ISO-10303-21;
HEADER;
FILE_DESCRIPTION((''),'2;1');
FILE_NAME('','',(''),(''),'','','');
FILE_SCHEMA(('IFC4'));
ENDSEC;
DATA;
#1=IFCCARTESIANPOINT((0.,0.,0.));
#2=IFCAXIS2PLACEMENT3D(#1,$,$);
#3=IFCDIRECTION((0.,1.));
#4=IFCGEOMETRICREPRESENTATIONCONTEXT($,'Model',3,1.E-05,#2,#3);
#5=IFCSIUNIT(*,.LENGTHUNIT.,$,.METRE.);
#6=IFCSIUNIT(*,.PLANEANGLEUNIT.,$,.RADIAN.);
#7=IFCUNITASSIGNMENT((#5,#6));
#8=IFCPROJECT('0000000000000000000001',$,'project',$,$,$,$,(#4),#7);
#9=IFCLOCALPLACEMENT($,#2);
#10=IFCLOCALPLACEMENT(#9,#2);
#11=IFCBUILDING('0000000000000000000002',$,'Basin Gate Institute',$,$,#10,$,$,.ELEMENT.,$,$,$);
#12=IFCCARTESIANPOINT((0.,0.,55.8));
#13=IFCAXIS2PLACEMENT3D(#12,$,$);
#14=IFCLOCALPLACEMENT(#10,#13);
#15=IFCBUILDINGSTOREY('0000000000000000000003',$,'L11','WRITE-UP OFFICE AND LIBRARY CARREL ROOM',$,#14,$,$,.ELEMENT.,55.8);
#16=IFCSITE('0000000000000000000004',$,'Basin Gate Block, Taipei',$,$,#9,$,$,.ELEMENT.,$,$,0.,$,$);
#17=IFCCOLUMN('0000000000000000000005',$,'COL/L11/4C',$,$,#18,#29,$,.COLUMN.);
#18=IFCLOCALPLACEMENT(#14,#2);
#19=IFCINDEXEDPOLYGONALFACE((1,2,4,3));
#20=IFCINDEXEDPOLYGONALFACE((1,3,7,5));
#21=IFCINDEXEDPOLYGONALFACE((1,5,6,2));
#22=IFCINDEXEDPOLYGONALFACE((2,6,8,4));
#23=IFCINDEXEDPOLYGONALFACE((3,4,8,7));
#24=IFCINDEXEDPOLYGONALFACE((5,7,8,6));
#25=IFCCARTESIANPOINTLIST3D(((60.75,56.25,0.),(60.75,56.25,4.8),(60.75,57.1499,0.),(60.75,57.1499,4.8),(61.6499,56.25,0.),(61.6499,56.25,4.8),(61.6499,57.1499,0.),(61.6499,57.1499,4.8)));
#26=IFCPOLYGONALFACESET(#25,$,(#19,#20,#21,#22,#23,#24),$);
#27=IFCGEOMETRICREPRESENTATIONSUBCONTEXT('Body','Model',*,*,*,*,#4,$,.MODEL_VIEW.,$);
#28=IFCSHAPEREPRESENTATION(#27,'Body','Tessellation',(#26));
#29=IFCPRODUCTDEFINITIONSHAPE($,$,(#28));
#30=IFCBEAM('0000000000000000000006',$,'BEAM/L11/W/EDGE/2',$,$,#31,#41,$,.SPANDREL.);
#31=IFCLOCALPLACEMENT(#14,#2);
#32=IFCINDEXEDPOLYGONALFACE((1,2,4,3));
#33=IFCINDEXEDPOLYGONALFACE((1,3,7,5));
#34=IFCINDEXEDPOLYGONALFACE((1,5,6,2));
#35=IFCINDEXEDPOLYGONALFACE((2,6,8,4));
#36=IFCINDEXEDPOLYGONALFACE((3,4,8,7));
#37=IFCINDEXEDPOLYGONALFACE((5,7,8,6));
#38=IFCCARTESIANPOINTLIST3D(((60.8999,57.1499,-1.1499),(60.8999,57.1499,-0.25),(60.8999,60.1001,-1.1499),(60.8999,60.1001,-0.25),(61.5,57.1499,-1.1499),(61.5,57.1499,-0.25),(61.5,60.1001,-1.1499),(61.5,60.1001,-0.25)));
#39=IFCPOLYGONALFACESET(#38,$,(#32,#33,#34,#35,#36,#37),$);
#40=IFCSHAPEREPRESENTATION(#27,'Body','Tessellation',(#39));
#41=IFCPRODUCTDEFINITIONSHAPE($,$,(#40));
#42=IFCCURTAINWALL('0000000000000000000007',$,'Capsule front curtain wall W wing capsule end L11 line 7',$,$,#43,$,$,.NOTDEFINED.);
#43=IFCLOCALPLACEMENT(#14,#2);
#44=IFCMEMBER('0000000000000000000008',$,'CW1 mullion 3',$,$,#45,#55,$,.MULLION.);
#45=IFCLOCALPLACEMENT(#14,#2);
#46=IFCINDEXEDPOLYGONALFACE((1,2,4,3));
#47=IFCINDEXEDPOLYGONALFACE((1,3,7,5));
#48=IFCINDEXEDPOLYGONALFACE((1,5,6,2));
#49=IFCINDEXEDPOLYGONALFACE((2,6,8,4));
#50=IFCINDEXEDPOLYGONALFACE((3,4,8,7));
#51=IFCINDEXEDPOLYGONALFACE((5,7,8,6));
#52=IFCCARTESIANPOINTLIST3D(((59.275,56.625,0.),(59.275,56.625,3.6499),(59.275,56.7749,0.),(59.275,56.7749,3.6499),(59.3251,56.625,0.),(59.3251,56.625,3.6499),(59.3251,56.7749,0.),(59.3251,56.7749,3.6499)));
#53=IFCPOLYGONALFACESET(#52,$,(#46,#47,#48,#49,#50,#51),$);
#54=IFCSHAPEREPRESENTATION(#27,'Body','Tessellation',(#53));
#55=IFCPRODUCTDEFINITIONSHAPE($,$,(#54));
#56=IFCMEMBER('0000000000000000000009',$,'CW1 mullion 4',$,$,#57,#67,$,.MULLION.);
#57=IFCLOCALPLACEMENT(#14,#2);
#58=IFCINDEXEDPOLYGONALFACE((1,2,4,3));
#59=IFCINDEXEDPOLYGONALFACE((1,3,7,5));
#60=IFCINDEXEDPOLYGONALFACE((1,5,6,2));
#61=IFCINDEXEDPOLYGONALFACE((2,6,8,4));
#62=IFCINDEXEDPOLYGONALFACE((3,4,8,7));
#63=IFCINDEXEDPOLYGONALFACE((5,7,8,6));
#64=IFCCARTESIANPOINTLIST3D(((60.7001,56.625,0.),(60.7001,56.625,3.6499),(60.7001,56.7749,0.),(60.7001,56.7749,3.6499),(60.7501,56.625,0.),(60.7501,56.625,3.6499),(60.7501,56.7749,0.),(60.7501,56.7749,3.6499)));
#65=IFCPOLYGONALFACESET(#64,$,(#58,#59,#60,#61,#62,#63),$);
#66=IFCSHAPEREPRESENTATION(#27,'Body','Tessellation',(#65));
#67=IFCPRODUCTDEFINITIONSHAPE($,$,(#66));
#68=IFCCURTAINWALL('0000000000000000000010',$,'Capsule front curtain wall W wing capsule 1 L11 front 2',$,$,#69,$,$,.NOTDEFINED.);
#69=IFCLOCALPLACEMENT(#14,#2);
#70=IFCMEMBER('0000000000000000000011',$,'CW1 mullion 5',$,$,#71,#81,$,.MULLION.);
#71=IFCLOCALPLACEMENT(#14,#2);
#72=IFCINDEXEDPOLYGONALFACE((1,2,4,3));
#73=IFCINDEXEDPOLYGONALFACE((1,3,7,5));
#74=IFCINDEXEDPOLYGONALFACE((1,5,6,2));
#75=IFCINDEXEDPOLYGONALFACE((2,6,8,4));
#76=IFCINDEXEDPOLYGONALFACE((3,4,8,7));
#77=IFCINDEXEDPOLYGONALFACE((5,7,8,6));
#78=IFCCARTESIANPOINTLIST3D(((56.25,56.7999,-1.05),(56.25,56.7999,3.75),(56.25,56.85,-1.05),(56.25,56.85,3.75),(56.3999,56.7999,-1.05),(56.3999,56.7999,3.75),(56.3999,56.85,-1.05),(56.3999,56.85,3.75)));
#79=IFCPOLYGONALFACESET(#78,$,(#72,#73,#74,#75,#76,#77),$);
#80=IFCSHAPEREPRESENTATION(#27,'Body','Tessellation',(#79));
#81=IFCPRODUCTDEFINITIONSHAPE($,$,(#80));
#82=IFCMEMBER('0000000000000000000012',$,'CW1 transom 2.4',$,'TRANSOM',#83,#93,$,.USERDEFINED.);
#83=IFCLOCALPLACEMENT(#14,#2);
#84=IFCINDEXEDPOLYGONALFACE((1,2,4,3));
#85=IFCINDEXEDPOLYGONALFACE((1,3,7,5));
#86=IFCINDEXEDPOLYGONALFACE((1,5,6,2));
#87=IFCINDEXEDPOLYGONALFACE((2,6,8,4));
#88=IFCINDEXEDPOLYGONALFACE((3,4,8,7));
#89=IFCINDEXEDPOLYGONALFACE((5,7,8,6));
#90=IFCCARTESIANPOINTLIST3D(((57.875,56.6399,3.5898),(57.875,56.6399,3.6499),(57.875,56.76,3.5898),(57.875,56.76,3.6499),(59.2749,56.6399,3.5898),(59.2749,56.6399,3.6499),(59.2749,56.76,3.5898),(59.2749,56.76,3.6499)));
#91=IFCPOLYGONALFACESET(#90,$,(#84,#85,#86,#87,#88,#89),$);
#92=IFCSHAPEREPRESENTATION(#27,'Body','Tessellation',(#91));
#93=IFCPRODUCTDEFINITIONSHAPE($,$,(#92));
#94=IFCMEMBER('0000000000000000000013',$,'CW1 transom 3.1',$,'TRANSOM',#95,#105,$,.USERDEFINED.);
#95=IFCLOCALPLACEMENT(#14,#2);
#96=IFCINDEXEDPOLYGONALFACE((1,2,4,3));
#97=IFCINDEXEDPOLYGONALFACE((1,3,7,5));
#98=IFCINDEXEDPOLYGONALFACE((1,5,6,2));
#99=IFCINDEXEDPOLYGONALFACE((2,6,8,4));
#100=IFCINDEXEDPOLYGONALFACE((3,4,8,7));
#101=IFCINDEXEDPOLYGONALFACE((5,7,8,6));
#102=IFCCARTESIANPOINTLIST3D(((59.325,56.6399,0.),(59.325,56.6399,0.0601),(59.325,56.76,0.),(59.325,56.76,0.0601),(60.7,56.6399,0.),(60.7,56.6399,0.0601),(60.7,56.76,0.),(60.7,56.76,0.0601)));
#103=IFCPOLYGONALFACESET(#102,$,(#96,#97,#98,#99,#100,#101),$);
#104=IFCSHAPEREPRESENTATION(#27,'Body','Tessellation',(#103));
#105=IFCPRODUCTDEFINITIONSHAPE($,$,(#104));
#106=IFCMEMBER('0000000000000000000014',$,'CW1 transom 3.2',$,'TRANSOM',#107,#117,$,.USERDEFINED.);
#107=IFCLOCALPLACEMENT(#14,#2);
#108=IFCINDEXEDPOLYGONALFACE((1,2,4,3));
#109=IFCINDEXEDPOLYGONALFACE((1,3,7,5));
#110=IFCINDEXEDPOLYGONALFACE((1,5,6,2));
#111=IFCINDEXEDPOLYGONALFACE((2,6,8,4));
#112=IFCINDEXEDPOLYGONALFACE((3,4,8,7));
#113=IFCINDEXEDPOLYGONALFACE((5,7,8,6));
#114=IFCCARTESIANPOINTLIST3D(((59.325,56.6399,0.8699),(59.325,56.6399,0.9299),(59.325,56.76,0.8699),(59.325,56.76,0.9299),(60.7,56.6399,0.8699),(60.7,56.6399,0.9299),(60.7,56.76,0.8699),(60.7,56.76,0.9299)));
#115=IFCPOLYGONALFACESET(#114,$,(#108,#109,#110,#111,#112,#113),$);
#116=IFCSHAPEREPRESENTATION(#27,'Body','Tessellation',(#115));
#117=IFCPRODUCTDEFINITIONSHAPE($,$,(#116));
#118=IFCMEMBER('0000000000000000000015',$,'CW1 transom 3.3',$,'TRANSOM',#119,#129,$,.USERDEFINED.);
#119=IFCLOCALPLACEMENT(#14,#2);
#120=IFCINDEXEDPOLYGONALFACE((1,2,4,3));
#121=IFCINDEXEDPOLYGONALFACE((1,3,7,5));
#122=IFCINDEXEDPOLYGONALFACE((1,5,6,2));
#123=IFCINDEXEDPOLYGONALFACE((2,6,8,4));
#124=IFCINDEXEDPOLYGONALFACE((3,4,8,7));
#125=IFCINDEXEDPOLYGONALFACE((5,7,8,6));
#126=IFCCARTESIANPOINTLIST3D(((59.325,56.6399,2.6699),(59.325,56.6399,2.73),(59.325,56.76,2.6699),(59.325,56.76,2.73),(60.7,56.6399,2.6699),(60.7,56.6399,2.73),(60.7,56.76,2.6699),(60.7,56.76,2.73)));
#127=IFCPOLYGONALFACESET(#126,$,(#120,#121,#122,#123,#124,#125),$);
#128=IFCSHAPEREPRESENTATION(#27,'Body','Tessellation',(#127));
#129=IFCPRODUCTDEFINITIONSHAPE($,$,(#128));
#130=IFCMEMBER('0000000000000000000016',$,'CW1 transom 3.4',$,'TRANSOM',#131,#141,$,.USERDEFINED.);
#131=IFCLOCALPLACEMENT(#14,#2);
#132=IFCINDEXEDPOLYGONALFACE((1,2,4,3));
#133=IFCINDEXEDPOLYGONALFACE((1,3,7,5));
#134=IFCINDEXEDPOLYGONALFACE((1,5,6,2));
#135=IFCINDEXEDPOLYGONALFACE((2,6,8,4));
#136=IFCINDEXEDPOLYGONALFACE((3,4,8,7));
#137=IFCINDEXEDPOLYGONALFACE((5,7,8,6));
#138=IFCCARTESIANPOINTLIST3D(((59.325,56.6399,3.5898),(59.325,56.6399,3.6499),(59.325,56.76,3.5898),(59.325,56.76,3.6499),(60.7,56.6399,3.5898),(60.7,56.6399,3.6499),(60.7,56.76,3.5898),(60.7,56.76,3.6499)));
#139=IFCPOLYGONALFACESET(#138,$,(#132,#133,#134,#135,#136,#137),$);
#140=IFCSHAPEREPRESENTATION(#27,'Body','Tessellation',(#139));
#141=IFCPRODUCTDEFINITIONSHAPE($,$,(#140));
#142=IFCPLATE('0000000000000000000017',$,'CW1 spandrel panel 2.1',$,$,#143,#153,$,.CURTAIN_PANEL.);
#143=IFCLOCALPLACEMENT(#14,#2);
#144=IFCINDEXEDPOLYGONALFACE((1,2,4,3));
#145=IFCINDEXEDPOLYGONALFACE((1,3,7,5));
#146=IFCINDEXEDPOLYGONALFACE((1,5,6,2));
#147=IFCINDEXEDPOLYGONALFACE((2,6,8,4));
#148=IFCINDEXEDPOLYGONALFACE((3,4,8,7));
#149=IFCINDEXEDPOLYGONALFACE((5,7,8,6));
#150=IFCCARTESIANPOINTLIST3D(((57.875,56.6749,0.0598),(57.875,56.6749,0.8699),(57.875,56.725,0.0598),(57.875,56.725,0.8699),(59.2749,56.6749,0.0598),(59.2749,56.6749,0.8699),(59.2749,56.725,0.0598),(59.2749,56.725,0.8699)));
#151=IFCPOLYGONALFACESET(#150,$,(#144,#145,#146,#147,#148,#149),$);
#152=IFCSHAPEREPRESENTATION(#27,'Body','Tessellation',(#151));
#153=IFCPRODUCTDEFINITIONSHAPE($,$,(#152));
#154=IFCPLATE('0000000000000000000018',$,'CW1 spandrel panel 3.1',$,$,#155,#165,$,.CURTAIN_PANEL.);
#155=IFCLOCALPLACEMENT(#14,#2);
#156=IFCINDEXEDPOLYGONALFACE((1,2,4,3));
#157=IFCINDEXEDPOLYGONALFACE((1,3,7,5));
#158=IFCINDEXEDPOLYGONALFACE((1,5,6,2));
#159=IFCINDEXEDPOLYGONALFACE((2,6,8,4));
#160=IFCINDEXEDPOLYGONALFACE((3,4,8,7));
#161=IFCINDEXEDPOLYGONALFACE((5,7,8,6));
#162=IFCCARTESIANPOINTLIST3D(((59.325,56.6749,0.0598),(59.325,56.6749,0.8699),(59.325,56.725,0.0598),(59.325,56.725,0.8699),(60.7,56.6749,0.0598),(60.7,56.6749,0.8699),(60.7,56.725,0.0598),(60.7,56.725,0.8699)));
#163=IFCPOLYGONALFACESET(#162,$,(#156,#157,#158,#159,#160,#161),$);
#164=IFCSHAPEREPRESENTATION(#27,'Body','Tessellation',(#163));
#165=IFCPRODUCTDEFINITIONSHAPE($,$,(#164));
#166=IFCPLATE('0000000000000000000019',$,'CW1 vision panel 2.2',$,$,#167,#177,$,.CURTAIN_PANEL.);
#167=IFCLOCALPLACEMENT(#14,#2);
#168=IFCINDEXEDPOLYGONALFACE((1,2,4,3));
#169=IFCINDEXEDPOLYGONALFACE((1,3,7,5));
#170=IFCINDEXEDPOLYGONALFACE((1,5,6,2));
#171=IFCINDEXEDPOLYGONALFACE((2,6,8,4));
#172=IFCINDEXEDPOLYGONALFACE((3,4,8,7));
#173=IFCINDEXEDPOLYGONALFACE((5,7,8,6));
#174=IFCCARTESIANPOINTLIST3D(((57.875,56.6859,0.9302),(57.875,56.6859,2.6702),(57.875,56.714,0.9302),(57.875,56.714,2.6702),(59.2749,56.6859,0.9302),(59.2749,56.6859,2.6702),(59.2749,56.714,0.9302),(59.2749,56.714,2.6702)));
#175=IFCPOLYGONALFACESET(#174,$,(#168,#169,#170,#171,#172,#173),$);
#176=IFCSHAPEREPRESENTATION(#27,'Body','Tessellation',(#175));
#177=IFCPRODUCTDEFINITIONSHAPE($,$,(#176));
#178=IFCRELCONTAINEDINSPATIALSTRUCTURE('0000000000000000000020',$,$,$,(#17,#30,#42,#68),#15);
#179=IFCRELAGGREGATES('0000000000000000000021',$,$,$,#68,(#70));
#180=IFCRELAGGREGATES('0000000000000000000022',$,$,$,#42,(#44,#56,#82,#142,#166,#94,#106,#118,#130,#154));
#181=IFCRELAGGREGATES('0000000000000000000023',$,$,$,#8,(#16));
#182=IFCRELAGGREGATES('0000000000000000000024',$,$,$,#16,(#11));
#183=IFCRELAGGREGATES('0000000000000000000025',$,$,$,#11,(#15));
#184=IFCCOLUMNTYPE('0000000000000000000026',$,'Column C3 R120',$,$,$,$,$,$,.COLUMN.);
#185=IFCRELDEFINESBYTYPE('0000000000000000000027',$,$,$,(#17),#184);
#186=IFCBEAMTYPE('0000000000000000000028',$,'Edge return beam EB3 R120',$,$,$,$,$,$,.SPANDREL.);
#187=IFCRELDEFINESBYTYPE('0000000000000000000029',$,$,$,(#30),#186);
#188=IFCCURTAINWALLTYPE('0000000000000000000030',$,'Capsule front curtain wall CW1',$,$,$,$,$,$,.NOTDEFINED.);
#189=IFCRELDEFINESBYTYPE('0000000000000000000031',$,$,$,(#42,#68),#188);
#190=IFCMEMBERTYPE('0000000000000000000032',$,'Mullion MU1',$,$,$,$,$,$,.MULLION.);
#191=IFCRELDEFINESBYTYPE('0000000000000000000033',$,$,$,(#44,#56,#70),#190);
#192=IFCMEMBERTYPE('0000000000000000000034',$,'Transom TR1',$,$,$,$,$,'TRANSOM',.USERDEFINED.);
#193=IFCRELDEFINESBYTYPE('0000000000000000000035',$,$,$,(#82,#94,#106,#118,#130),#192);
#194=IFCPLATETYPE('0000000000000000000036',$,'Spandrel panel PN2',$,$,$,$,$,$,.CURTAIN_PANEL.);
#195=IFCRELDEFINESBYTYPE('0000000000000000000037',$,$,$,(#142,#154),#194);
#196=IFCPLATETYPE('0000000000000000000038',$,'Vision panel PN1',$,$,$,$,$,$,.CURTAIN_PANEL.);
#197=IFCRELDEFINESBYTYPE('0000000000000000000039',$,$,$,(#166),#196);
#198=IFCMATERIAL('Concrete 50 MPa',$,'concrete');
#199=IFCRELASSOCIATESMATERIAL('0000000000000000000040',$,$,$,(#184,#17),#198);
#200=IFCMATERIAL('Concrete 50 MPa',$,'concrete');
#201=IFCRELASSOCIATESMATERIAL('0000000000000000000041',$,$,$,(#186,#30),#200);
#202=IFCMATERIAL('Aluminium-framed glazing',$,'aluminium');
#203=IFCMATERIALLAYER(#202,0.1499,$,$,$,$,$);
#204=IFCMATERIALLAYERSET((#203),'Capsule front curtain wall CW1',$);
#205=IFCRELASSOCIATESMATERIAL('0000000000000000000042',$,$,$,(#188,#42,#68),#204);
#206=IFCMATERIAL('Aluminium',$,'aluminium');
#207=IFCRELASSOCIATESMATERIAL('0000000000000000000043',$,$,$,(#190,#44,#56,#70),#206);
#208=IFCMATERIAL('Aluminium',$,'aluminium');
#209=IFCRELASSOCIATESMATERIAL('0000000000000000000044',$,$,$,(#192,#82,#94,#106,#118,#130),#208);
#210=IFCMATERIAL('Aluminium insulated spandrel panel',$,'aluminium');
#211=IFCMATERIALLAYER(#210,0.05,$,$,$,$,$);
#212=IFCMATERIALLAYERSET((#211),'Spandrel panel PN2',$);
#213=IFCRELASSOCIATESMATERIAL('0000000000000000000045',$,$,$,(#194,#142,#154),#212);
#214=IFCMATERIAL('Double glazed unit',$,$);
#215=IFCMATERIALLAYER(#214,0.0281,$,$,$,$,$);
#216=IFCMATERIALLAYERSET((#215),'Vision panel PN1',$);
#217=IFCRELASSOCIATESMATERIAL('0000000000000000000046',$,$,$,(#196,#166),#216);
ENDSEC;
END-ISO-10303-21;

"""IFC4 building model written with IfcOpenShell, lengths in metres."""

from ifc_helpers import new_model, si_unit, direction, frame, origin, origin_2d, place, context, subcontext, project, spatial, rectangle, extrude, material, layer, layer_set, material_profile, profile_set, type_object, element, aggregate, save


model = new_model("IFC4")

# Units and contexts
model_context = context("Model", 3, precision=1e-05, world=origin(), true_north=direction((0.0, 1.0)))
body_context = subcontext(model_context, "Body", "Model", "MODEL_VIEW")
ifc_project = project(units=[si_unit("LENGTHUNIT", "METRE"), si_unit("PLANEANGLEUNIT", "RADIAN")], contexts=[model_context])

# Site, building, storey
site_placement = place(None, origin())
site = spatial("IfcSite", under=ifc_project, at=site_placement, Name="Basin Gate Block, Taipei", CompositionType="ELEMENT", RefElevation=0.0)
building_placement = place(site_placement, origin())
building = spatial("IfcBuilding", under=site, at=building_placement, Name="Basin Gate Institute", CompositionType="ELEMENT")
storey_placement = place(building_placement, frame((0.0, 0.0, 55.8)))
storey = spatial("IfcBuildingStorey", under=building, at=storey_placement, Name="L11", Description="WRITE-UP OFFICE AND LIBRARY CARREL ROOM", CompositionType="ELEMENT", Elevation=55.8)

# Column
ifc_material_1 = material(Name="Concrete 50 MPa", Category="concrete")
ifc_material_profile_1 = material_profile(ifc_material_1, rectangle(XDim=0.8999, YDim=0.8999, at=origin_2d()), Name="Column C3 900 x 900")
ifc_profile_set_1 = profile_set([ifc_material_profile_1], Name="Concrete 50 MPa")
column_type = type_object("IfcColumnType", Name="Column C3 R120", PredefinedType="COLUMN", material=ifc_profile_set_1)
column_placement = place(storey_placement, frame((61.2, 56.7, 0.0), z_axis=(0.0, 0.0, 1.0), x_axis=(1.0, 0.0, 0.0)))
element("IfcColumn", 1, at=column_placement, inside=storey, type_object=column_type, material=ifc_profile_set_1, Name="COL/L11/4C", PredefinedType="COLUMN", context=body_context, shape_type="SweptSolid", body=[
    extrude(rectangle(XDim=0.8999, YDim=0.8999, at=origin_2d()), origin(), (0.0, 0.0, 1.0), 4.8),
])

# Beam
ifc_material_2 = material(Name="Concrete 50 MPa", Category="concrete")
ifc_material_profile_2 = material_profile(ifc_material_2, rectangle(XDim=0.6001, YDim=0.8999, at=origin_2d()), Name="Edge return beam EB3 600 x 900")
ifc_profile_set_2 = profile_set([ifc_material_profile_2], Name="Concrete 50 MPa")
beam_type = type_object("IfcBeamType", Name="Edge return beam EB3 R120", PredefinedType="SPANDREL", material=ifc_profile_set_2)
beam_placement = place(storey_placement, frame((61.2, 57.1499, -0.7), z_axis=(0.0, 1.0, 0.0), x_axis=(-1.0, 0.0, 0.0)))
element("IfcBeam", 2, at=beam_placement, inside=storey, type_object=beam_type, material=ifc_profile_set_2, Name="BEAM/L11/W/EDGE/2", PredefinedType="SPANDREL", context=body_context, shape_type="SweptSolid", body=[
    extrude(rectangle(XDim=0.6001, YDim=0.8999, at=origin_2d()), origin(), (0.0, 0.0, 1.0), 2.9502),
])

# Curtain wall, members
ifc_material_3 = material(Name="Aluminium-framed glazing", Category="aluminium")
ifc_layer_1 = layer(ifc_material_3, 0.1499)
ifc_layer_set_1 = layer_set([ifc_layer_1], Name="Capsule front curtain wall CW1")
curtain_wall_type = type_object("IfcCurtainWallType", Name="Capsule front curtain wall CW1", PredefinedType="NOTDEFINED", material=ifc_layer_set_1)
curtain_wall_1_placement = place(storey_placement, origin())
curtain_wall_1 = element("IfcCurtainWall", 3, at=curtain_wall_1_placement, inside=storey, type_object=curtain_wall_type, material=ifc_layer_set_1, Name="Capsule front curtain wall W wing capsule end L11 line 7", PredefinedType="NOTDEFINED")
ifc_material_4 = material(Name="Aluminium", Category="aluminium")
ifc_material_profile_3 = material_profile(ifc_material_4, rectangle(XDim=0.1499, YDim=0.05, at=origin_2d()), Name="Mullion MU1 150 x 50")
ifc_profile_set_3 = profile_set([ifc_material_profile_3], Name="Aluminium")
member_type_1 = type_object("IfcMemberType", Name="Mullion MU1", PredefinedType="MULLION", material=ifc_profile_set_3)
member_1_placement = place(storey_placement, frame((59.3, 56.7, 0.0), z_axis=(0.0, 0.0, 1.0), x_axis=(0.0, 1.0, 0.0)))
member_1 = element("IfcMember", 4, at=member_1_placement, type_object=member_type_1, material=ifc_profile_set_3, Name="CW1 mullion 3", PredefinedType="MULLION", context=body_context, shape_type="SweptSolid", body=[
    extrude(rectangle(XDim=0.1499, YDim=0.05, at=origin_2d()), origin(), (0.0, 0.0, 1.0), 3.6499),
])
member_2_placement = place(storey_placement, frame((60.7251, 56.7, 0.0), z_axis=(0.0, 0.0, 1.0), x_axis=(0.0, 1.0, 0.0)))
member_2 = element("IfcMember", 5, at=member_2_placement, type_object=member_type_1, material=ifc_profile_set_3, Name="CW1 mullion 4", PredefinedType="MULLION", context=body_context, shape_type="SweptSolid", body=[
    extrude(rectangle(XDim=0.1499, YDim=0.05, at=origin_2d()), origin(), (0.0, 0.0, 1.0), 3.6499),
])

# Curtain wall, member
curtain_wall_2_placement = place(storey_placement, origin())
curtain_wall_2 = element("IfcCurtainWall", 6, at=curtain_wall_2_placement, inside=storey, type_object=curtain_wall_type, material=ifc_layer_set_1, Name="Capsule front curtain wall W wing capsule 1 L11 front 2", PredefinedType="NOTDEFINED")
member_3_placement = place(storey_placement, frame((56.325, 56.825, -1.05), z_axis=(0.0, 0.0, 1.0), x_axis=(-1.0, 0.0, 0.0)))
member_3 = element("IfcMember", 7, at=member_3_placement, type_object=member_type_1, material=ifc_profile_set_3, Name="CW1 mullion 5", PredefinedType="MULLION", context=body_context, shape_type="SweptSolid", body=[
    extrude(rectangle(XDim=0.1499, YDim=0.05, at=origin_2d()), origin(), (0.0, 0.0, 1.0), 4.8),
])
aggregate(curtain_wall_2, [member_3])

# Members
ifc_material_5 = material(Name="Aluminium", Category="aluminium")
ifc_material_profile_4 = material_profile(ifc_material_5, rectangle(XDim=0.1201, YDim=0.0601, at=origin_2d()), Name="Transom TR1 120 x 60")
ifc_profile_set_4 = profile_set([ifc_material_profile_4], Name="Aluminium")
member_type_2 = type_object("IfcMemberType", Name="Transom TR1", ElementType="TRANSOM", PredefinedType="USERDEFINED", material=ifc_profile_set_4)
member_4_placement = place(storey_placement, frame((57.875, 56.7, 3.6199), z_axis=(1.0, 0.0, 0.0), x_axis=(0.0, 1.0, 0.0)))
member_4 = element("IfcMember", 8, at=member_4_placement, type_object=member_type_2, material=ifc_profile_set_4, Name="CW1 transom 2.4", ObjectType="TRANSOM", PredefinedType="USERDEFINED", context=body_context, shape_type="SweptSolid", body=[
    extrude(rectangle(XDim=0.1201, YDim=0.0601, at=origin_2d()), origin(), (0.0, 0.0, 1.0), 1.3999),
])
member_5_placement = place(storey_placement, frame((59.325, 56.7, 0.03), z_axis=(1.0, 0.0, 0.0), x_axis=(0.0, 1.0, 0.0)))
member_5 = element("IfcMember", 9, at=member_5_placement, type_object=member_type_2, material=ifc_profile_set_4, Name="CW1 transom 3.1", ObjectType="TRANSOM", PredefinedType="USERDEFINED", context=body_context, shape_type="SweptSolid", body=[
    extrude(rectangle(XDim=0.1201, YDim=0.0601, at=origin_2d()), origin(), (0.0, 0.0, 1.0), 1.375),
])
member_6_placement = place(storey_placement, frame((59.325, 56.7, 0.8999), z_axis=(1.0, 0.0, 0.0), x_axis=(0.0, 1.0, 0.0)))
member_6 = element("IfcMember", 10, at=member_6_placement, type_object=member_type_2, material=ifc_profile_set_4, Name="CW1 transom 3.2", ObjectType="TRANSOM", PredefinedType="USERDEFINED", context=body_context, shape_type="SweptSolid", body=[
    extrude(rectangle(XDim=0.1201, YDim=0.0601, at=origin_2d()), origin(), (0.0, 0.0, 1.0), 1.375),
])
member_7_placement = place(storey_placement, frame((59.325, 56.7, 2.7), z_axis=(1.0, 0.0, 0.0), x_axis=(0.0, 1.0, 0.0)))
member_7 = element("IfcMember", 11, at=member_7_placement, type_object=member_type_2, material=ifc_profile_set_4, Name="CW1 transom 3.3", ObjectType="TRANSOM", PredefinedType="USERDEFINED", context=body_context, shape_type="SweptSolid", body=[
    extrude(rectangle(XDim=0.1201, YDim=0.0601, at=origin_2d()), origin(), (0.0, 0.0, 1.0), 1.375),
])
member_8_placement = place(storey_placement, frame((59.325, 56.7, 3.6199), z_axis=(1.0, 0.0, 0.0), x_axis=(0.0, 1.0, 0.0)))
member_8 = element("IfcMember", 12, at=member_8_placement, type_object=member_type_2, material=ifc_profile_set_4, Name="CW1 transom 3.4", ObjectType="TRANSOM", PredefinedType="USERDEFINED", context=body_context, shape_type="SweptSolid", body=[
    extrude(rectangle(XDim=0.1201, YDim=0.0601, at=origin_2d()), origin(), (0.0, 0.0, 1.0), 1.375),
])

# Plates
ifc_material_6 = material(Name="Aluminium insulated spandrel panel", Category="aluminium")
ifc_layer_2 = layer(ifc_material_6, 0.05)
ifc_layer_set_2 = layer_set([ifc_layer_2], Name="Spandrel panel PN2")
plate_type_1 = type_object("IfcPlateType", Name="Spandrel panel PN2", PredefinedType="CURTAIN_PANEL", material=ifc_layer_set_2)
plate_1_placement = place(storey_placement, frame((58.575, 56.7, 0.0598), z_axis=(0.0, 0.0, 1.0), x_axis=(1.0, 0.0, 0.0)))
plate_1 = element("IfcPlate", 13, at=plate_1_placement, type_object=plate_type_1, material=ifc_layer_set_2, Name="CW1 spandrel panel 2.1", PredefinedType="CURTAIN_PANEL", context=body_context, shape_type="SweptSolid", body=[
    extrude(rectangle(XDim=1.3999, YDim=0.05, at=origin_2d()), origin(), (0.0, 0.0, 1.0), 0.8101),
])
plate_2_placement = place(storey_placement, frame((60.0125, 56.7, 0.0598), z_axis=(0.0, 0.0, 1.0), x_axis=(1.0, 0.0, 0.0)))
plate_2 = element("IfcPlate", 14, at=plate_2_placement, type_object=plate_type_1, material=ifc_layer_set_2, Name="CW1 spandrel panel 3.1", PredefinedType="CURTAIN_PANEL", context=body_context, shape_type="SweptSolid", body=[
    extrude(rectangle(XDim=1.375, YDim=0.05, at=origin_2d()), origin(), (0.0, 0.0, 1.0), 0.8101),
])
ifc_material_7 = material(Name="Double glazed unit")
ifc_layer_3 = layer(ifc_material_7, 0.0281)
ifc_layer_set_3 = layer_set([ifc_layer_3], Name="Vision panel PN1")
plate_type_2 = type_object("IfcPlateType", Name="Vision panel PN1", PredefinedType="CURTAIN_PANEL", material=ifc_layer_set_3)
plate_3_placement = place(storey_placement, frame((58.575, 56.7, 0.9302), z_axis=(0.0, 0.0, 1.0), x_axis=(1.0, 0.0, 0.0)))
plate_3 = element("IfcPlate", 15, at=plate_3_placement, type_object=plate_type_2, material=ifc_layer_set_3, Name="CW1 vision panel 2.2", PredefinedType="CURTAIN_PANEL", context=body_context, shape_type="SweptSolid", body=[
    extrude(rectangle(XDim=1.3999, YDim=0.0281, at=origin_2d()), origin(), (0.0, 0.0, 1.0), 1.74),
])
aggregate(curtain_wall_1, [member_1, member_2, member_4, plate_1, plate_3, member_5, member_6, member_7, member_8, plate_2])

save(model, "model.ifc")
